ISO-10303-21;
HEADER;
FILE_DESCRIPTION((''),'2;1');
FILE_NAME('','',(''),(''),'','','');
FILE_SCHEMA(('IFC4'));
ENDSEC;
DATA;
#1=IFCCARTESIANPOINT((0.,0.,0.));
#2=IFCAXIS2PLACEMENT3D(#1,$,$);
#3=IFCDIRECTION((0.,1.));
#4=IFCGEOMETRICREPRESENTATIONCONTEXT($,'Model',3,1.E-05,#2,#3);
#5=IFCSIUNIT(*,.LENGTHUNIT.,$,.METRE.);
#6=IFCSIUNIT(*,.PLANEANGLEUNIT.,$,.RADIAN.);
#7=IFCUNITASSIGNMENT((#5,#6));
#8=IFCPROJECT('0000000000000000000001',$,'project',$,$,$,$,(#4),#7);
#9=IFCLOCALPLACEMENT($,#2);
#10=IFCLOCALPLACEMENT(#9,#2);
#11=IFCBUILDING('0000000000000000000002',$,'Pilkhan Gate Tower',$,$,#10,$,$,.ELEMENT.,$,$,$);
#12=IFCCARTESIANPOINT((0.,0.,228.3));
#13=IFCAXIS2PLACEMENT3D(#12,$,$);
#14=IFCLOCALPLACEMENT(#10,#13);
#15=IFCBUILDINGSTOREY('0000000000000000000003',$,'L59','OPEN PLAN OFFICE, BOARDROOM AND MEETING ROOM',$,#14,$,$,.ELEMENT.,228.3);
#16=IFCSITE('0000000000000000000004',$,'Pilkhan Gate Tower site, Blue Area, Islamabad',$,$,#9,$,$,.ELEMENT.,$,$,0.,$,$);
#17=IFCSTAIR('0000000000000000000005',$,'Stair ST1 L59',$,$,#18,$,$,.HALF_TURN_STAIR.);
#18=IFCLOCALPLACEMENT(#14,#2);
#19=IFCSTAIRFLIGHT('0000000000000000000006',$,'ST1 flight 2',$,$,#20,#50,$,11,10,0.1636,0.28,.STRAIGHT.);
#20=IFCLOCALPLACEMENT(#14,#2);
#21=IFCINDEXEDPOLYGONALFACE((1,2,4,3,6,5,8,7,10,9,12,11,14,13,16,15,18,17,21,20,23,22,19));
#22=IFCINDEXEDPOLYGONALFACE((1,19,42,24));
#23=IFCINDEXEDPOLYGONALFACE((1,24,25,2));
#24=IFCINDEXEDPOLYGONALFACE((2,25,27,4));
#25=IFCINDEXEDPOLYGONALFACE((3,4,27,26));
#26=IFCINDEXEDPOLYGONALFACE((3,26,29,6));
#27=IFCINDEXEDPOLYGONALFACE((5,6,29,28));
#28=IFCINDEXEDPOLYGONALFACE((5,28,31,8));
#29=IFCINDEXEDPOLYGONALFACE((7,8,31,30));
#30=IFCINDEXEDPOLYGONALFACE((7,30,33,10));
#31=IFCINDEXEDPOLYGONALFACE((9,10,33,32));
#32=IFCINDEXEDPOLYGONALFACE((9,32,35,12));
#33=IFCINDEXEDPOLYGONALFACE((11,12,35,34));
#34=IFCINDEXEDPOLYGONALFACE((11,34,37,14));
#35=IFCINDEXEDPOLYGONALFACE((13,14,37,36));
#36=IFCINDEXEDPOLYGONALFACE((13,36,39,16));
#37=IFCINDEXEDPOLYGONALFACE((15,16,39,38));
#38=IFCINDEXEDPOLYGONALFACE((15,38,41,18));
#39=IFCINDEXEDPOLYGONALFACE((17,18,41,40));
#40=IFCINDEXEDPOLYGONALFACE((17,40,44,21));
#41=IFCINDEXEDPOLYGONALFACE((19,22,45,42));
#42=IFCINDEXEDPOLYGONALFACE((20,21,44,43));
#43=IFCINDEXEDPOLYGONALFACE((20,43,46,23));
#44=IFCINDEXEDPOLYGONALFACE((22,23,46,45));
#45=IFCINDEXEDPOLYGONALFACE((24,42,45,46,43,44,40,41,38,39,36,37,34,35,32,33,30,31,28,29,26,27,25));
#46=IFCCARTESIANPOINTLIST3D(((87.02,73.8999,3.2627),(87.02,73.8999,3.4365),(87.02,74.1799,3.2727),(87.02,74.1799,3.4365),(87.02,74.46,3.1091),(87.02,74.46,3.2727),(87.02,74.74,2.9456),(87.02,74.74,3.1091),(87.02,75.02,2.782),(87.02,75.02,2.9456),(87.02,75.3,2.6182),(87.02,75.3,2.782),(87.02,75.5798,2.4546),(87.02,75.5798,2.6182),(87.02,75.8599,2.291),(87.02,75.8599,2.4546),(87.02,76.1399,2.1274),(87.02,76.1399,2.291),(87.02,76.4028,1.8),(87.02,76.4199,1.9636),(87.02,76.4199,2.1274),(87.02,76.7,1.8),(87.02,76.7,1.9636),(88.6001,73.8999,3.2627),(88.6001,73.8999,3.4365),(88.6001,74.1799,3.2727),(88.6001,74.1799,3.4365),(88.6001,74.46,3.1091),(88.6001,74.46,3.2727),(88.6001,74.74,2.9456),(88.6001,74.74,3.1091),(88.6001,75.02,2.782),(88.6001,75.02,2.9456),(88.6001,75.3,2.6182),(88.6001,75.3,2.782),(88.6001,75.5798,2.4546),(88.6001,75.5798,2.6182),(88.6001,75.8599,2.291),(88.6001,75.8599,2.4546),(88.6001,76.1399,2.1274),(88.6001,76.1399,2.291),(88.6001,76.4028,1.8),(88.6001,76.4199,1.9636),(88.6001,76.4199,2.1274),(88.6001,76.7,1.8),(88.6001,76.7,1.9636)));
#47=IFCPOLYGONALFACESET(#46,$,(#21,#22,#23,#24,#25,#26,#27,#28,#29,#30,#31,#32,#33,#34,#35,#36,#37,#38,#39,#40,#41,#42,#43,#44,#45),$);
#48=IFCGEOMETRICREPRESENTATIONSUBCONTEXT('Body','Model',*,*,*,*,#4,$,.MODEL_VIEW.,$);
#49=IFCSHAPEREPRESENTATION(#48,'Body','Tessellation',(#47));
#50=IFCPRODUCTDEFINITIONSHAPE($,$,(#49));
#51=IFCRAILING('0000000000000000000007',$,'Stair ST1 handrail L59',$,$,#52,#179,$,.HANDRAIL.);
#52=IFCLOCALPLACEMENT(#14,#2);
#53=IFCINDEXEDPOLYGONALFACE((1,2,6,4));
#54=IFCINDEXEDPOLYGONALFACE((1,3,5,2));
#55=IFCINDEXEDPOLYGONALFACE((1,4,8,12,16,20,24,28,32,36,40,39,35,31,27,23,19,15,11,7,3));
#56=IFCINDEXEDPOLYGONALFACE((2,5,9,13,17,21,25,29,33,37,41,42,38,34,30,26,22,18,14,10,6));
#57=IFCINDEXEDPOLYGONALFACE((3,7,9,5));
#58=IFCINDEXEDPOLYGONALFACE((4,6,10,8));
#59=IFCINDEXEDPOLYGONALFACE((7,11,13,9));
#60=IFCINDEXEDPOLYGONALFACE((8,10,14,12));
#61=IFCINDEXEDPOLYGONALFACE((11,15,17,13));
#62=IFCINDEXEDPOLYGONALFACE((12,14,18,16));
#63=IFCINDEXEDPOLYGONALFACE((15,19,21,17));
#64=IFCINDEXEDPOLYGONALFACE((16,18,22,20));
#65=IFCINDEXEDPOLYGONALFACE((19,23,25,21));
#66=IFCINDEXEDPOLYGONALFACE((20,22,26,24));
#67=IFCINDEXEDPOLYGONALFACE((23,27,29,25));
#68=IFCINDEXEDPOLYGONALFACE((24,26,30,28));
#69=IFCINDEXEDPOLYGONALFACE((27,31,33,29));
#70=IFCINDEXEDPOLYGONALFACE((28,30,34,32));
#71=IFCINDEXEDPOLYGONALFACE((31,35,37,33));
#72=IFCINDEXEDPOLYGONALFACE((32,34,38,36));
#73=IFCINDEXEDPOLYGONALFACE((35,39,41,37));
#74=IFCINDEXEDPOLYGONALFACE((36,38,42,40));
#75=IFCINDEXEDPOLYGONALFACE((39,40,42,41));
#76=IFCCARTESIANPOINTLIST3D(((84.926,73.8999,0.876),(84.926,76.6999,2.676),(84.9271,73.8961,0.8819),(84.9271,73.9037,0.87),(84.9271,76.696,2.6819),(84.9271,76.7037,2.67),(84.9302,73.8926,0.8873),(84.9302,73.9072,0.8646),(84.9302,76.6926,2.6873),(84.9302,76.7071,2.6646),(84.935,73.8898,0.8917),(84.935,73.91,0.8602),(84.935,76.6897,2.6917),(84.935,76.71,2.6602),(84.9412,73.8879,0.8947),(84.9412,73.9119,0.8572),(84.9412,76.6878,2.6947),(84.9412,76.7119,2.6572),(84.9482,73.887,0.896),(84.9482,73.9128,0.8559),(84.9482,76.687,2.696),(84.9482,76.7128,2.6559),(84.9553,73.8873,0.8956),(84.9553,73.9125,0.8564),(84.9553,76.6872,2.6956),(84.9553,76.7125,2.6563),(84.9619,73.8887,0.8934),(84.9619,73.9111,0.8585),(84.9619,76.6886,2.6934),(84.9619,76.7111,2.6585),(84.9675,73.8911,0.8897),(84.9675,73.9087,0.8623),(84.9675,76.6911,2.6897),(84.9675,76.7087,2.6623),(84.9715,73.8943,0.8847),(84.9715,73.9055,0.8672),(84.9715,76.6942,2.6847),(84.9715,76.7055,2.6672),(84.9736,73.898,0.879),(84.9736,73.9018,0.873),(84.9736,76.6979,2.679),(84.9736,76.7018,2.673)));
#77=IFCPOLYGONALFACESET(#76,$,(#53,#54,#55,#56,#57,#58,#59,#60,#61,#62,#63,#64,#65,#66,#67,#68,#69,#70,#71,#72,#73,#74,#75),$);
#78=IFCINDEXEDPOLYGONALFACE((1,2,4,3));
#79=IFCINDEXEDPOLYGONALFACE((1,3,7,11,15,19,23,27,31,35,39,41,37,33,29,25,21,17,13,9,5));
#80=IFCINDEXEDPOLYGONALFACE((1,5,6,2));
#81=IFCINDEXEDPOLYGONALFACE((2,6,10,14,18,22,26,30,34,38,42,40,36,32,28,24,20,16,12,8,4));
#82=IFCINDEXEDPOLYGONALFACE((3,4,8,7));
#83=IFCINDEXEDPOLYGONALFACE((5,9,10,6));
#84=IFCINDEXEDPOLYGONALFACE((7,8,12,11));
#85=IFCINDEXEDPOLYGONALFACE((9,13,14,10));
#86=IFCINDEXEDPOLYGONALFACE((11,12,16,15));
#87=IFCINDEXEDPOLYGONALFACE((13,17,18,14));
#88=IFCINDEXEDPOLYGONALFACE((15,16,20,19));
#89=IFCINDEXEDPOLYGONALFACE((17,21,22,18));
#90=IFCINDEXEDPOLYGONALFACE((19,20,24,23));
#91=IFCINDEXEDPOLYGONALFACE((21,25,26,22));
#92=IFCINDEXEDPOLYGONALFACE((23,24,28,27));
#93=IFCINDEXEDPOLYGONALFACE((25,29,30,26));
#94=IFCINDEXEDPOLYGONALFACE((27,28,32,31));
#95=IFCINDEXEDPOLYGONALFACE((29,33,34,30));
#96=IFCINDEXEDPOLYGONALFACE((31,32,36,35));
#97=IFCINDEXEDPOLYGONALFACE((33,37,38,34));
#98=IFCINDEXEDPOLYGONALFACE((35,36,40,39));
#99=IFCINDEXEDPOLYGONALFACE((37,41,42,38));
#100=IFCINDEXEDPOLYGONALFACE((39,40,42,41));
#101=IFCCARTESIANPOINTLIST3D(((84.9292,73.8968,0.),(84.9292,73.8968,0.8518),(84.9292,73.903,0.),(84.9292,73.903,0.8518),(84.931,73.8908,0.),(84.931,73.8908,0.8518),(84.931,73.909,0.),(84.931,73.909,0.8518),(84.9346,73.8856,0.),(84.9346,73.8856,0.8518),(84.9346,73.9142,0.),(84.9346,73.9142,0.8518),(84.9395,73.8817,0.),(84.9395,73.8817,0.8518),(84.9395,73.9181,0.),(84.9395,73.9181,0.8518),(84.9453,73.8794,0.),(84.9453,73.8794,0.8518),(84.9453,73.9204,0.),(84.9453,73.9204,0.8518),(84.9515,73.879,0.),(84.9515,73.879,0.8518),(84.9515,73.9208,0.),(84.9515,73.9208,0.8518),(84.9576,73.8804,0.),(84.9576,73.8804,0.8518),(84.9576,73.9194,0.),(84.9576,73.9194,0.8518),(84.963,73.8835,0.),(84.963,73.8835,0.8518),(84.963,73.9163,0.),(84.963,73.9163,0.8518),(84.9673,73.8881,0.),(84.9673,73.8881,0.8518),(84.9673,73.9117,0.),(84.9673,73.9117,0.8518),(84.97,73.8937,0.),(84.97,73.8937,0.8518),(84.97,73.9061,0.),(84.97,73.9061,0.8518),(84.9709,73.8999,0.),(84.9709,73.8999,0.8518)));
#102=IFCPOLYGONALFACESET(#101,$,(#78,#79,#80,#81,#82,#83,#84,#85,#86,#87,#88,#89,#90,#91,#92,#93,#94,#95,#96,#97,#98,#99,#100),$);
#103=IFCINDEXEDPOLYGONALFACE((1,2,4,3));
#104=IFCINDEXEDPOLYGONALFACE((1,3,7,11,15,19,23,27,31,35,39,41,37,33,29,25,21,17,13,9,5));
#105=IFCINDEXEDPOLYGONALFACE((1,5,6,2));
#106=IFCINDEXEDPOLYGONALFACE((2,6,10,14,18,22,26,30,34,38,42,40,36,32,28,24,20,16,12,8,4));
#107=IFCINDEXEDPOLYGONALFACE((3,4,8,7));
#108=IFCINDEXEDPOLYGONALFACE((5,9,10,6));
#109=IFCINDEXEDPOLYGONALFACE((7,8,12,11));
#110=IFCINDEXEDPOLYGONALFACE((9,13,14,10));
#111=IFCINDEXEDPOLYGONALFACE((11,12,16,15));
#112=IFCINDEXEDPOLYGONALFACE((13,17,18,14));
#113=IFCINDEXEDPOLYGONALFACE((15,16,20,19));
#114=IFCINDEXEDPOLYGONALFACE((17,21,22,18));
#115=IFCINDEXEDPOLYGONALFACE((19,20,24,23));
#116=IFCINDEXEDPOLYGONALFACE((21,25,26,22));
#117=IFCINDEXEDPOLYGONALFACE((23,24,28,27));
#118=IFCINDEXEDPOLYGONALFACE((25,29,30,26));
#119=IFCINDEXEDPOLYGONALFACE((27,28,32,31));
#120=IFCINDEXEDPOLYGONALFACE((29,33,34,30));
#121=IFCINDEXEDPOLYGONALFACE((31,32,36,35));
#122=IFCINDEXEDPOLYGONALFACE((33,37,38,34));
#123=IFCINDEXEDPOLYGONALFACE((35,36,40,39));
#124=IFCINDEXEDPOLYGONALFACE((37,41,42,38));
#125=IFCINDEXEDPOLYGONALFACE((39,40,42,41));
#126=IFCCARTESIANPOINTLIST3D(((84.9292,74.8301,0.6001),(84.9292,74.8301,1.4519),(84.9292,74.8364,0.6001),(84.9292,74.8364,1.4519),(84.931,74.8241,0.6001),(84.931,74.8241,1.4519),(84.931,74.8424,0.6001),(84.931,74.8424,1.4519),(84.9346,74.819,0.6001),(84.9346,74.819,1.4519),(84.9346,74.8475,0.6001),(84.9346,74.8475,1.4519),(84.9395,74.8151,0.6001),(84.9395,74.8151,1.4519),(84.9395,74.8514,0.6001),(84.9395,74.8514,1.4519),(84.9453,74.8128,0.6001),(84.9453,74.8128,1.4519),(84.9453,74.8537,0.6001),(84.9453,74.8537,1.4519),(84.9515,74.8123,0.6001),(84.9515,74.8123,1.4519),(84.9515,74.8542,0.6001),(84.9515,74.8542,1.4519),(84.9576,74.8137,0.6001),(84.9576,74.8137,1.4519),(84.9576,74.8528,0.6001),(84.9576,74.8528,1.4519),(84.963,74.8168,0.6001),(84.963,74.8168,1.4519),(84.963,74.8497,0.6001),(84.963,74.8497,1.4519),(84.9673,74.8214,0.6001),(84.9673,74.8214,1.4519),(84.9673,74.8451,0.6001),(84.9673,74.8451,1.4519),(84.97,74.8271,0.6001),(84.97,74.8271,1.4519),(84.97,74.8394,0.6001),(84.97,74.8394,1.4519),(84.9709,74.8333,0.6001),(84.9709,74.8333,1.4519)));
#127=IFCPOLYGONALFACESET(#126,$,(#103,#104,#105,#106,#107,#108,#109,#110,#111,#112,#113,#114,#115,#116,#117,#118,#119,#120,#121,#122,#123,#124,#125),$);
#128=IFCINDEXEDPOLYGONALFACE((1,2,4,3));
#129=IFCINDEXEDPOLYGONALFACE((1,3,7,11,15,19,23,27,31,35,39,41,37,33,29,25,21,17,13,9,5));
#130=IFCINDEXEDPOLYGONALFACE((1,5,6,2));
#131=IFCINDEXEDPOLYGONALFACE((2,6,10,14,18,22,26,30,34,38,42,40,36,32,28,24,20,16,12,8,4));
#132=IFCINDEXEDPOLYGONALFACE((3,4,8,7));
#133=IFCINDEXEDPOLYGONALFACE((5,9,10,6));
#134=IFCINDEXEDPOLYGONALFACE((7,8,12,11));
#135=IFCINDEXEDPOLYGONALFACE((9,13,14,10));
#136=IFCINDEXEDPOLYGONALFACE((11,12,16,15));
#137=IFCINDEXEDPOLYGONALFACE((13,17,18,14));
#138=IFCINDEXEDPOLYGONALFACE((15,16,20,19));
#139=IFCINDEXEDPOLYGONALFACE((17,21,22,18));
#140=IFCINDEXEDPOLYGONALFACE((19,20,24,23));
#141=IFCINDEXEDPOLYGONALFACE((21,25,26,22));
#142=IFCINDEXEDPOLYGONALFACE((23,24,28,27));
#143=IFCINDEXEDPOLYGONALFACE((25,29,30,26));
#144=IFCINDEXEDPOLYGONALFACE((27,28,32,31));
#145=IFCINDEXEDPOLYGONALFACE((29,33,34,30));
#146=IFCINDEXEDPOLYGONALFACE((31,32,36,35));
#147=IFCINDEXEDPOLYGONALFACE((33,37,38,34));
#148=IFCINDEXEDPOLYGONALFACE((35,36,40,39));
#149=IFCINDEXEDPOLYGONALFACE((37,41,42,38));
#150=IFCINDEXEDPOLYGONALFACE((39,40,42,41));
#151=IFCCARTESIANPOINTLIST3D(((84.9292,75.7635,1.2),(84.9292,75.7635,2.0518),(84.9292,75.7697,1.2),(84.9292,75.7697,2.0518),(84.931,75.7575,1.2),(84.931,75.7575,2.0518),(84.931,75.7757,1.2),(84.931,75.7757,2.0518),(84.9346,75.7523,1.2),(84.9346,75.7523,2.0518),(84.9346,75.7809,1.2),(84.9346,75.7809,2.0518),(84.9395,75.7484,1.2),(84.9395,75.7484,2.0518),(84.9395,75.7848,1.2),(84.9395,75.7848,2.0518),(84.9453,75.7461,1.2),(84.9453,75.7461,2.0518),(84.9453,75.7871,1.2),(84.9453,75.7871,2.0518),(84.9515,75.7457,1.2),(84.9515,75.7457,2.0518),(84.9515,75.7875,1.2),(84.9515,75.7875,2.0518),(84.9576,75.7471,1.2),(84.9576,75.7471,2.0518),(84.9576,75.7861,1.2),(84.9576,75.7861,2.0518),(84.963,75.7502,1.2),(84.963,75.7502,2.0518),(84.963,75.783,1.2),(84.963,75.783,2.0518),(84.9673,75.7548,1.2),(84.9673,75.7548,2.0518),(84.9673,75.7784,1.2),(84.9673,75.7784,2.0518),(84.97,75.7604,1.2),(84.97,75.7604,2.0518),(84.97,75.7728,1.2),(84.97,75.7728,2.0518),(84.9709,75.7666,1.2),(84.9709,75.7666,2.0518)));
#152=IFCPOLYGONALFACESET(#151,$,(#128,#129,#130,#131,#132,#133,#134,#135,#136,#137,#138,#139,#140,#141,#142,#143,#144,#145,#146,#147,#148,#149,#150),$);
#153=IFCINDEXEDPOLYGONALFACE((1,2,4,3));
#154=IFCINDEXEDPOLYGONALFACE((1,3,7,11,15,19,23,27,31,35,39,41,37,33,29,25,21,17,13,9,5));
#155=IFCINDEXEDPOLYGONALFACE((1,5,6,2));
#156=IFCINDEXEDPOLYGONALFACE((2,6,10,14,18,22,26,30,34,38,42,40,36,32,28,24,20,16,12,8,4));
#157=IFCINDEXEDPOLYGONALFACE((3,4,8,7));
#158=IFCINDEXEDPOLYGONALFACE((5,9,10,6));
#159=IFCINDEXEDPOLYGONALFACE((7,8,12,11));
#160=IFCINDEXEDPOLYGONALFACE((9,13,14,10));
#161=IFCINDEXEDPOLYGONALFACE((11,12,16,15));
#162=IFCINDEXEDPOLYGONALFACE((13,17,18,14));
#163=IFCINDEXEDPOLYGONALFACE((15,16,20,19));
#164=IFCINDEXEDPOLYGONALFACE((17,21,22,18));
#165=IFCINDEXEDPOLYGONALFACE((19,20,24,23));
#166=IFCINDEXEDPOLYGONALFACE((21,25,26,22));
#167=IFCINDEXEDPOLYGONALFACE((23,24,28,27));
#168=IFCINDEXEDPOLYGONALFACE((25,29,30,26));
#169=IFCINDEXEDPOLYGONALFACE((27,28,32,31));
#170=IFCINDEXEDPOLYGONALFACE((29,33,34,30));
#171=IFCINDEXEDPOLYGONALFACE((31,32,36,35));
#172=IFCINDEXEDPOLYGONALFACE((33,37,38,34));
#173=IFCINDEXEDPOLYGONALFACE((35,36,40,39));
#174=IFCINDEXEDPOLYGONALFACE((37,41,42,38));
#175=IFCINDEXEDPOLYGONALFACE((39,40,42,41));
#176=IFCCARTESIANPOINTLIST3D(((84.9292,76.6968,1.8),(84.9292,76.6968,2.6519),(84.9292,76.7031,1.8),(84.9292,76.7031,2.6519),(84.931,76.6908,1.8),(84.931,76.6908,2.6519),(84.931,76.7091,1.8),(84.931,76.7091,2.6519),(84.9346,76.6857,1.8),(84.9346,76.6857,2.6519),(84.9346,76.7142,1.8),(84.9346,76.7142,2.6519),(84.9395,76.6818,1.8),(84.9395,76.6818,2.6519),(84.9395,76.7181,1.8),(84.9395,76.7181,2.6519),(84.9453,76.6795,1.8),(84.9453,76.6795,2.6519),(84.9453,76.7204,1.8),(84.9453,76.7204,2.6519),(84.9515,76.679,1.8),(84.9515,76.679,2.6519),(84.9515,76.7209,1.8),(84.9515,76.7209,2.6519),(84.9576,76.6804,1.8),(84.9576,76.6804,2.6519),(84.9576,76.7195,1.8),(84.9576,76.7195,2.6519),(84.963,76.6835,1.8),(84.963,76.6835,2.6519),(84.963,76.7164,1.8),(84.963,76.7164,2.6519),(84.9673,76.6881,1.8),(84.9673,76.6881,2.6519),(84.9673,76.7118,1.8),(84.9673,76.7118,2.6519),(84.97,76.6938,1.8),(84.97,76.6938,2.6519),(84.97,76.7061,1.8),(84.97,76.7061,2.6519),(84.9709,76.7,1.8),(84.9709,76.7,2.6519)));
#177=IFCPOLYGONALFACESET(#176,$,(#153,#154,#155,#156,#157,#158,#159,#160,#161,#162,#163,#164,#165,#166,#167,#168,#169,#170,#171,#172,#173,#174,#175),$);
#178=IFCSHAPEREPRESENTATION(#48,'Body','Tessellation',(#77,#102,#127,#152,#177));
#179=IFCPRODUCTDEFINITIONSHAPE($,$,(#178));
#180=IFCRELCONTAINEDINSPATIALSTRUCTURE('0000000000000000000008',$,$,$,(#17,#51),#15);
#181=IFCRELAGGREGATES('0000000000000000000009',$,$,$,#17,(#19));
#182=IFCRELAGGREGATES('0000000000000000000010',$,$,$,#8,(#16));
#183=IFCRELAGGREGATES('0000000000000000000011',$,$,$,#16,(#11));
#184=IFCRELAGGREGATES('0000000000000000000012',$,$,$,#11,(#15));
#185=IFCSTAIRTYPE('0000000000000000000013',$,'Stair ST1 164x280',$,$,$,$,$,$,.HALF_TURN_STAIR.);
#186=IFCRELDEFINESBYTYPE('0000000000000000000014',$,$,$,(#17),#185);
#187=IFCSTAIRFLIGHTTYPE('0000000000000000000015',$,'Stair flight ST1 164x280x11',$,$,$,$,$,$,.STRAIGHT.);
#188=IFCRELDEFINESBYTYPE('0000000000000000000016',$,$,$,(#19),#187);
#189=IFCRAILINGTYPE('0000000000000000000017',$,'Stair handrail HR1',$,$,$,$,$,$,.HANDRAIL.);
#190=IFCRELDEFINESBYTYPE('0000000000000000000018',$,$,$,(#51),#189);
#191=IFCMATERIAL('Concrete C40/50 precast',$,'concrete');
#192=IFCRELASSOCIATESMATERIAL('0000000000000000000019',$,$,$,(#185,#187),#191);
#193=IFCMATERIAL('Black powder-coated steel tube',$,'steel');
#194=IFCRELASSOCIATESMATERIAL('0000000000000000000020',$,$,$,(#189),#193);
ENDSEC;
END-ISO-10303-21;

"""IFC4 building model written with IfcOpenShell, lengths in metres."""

from ifc_helpers import new_model, si_unit, direction, frame, origin, origin_2d, place, context, subcontext, project, spatial, polyline, circle, outline, extrude, material, type_object, element, aggregate, save


model = new_model("IFC4")

# Units and contexts
model_context = context("Model", 3, precision=1e-05, world=origin(), true_north=direction((0.0, 1.0)))
body_context = subcontext(model_context, "Body", "Model", "MODEL_VIEW")
ifc_project = project(units=[si_unit("LENGTHUNIT", "METRE"), si_unit("PLANEANGLEUNIT", "RADIAN")], contexts=[model_context])

# Site, building, storey
site_placement = place(None, origin())
site = spatial("IfcSite", under=ifc_project, at=site_placement, Name="Pilkhan Gate Tower site, Blue Area, Islamabad", CompositionType="ELEMENT", RefElevation=0.0)
building_placement = place(site_placement, origin())
building = spatial("IfcBuilding", under=site, at=building_placement, Name="Pilkhan Gate Tower", CompositionType="ELEMENT")
storey_placement = place(building_placement, frame((0.0, 0.0, 228.3)))
storey = spatial("IfcBuildingStorey", under=building, at=storey_placement, Name="L59", Description="OPEN PLAN OFFICE, BOARDROOM AND MEETING ROOM", CompositionType="ELEMENT", Elevation=228.3)

# Stair, stair flight
ifc_material_1 = material(Name="Concrete C40/50 precast", Category="concrete")
stair_type = type_object("IfcStairType", Name="Stair ST1 164x280", PredefinedType="HALF_TURN_STAIR", material=ifc_material_1)
stair_placement = place(storey_placement, origin())
stair = element("IfcStair", 1, at=stair_placement, inside=storey, type_object=stair_type, Name="Stair ST1 L59", PredefinedType="HALF_TURN_STAIR")
stair_flight_type = type_object("IfcStairFlightType", Name="Stair flight ST1 164x280x11", PredefinedType="STRAIGHT", material=ifc_material_1)
stair_flight_1_placement = place(storey_placement, frame((87.8101, 76.7, 1.8), z_axis=(0.0, 0.0, 1.0), x_axis=(0.0, -1.0, 0.0)))
stair_flight_1 = element("IfcStairFlight", 2, at=stair_flight_1_placement, type_object=stair_flight_type, Name="ST1 flight 2", NumberOfRisers=11, NumberOfTreads=10, PredefinedType="STRAIGHT", RiserHeight=0.1636, TreadLength=0.28, context=body_context, shape_type="SweptSolid", body=[
    extrude(outline(polyline([(0.0, 0.0), (0.0, 0.1636), (0.28, 0.1636), (0.28, 0.3274), (0.5601, 0.3274), (0.5601, 0.491), (0.8401, 0.491), (0.8401, 0.6545), (1.1201, 0.6545), (1.1201, 0.8181), (1.3999, 0.8181), (1.3999, 0.9819), (1.6799, 0.9819), (1.6799, 1.1455), (1.96, 1.1455), (1.96, 1.3091), (2.24, 1.3091), (2.24, 1.4727), (2.52, 1.4727), (2.52, 1.6365), (2.8, 1.6365), (2.8, 1.8), (2.8, 1.4626), (0.2971, 0.0), (0.0, 0.0)])), frame((0.0, 0.79, 0.0), z_axis=(0.0, -1.0, 0.0), x_axis=(1.0, 0.0, 0.0)), (0.0, 0.0, 1.0), 1.5801),
])
aggregate(stair, [stair_flight_1])

# Railing
ifc_material_2 = material(Name="Black powder-coated steel tube", Category="steel")
railing_type_1 = type_object("IfcRailingType", Name="Stair handrail HR1", PredefinedType="HANDRAIL", material=ifc_material_2)
railing_1_placement = place(storey_placement, frame((84.95, 73.8999, 0.0)))
element("IfcRailing", 3, at=railing_1_placement, inside=storey, type_object=railing_type_1, Name="Stair ST1 handrail L59", PredefinedType="HANDRAIL", context=body_context, shape_type="SweptSolid", body=[
    extrude(circle(Radius=0.0239, at=origin_2d()), frame((0.0, 0.0, 0.876), z_axis=(0.0, 0.841176, 0.540761), x_axis=(-1.0, 0.0, 0.0)), (0.0, 0.0, 1.0), 3.3286),
    extrude(circle(Radius=0.021, at=origin_2d()), origin(), (0.0, 0.0, 1.0), 0.8518),
    extrude(circle(Radius=0.021, at=origin_2d()), frame((0.0, 0.9333, 0.6001)), (0.0, 0.0, 1.0), 0.8518),
    extrude(circle(Radius=0.021, at=origin_2d()), frame((0.0, 1.8667, 1.2)), (0.0, 0.0, 1.0), 0.8518),
    extrude(circle(Radius=0.021, at=origin_2d()), frame((0.0, 2.8, 1.8)), (0.0, 0.0, 1.0), 0.8518),
])

save(model, "model.ifc")
